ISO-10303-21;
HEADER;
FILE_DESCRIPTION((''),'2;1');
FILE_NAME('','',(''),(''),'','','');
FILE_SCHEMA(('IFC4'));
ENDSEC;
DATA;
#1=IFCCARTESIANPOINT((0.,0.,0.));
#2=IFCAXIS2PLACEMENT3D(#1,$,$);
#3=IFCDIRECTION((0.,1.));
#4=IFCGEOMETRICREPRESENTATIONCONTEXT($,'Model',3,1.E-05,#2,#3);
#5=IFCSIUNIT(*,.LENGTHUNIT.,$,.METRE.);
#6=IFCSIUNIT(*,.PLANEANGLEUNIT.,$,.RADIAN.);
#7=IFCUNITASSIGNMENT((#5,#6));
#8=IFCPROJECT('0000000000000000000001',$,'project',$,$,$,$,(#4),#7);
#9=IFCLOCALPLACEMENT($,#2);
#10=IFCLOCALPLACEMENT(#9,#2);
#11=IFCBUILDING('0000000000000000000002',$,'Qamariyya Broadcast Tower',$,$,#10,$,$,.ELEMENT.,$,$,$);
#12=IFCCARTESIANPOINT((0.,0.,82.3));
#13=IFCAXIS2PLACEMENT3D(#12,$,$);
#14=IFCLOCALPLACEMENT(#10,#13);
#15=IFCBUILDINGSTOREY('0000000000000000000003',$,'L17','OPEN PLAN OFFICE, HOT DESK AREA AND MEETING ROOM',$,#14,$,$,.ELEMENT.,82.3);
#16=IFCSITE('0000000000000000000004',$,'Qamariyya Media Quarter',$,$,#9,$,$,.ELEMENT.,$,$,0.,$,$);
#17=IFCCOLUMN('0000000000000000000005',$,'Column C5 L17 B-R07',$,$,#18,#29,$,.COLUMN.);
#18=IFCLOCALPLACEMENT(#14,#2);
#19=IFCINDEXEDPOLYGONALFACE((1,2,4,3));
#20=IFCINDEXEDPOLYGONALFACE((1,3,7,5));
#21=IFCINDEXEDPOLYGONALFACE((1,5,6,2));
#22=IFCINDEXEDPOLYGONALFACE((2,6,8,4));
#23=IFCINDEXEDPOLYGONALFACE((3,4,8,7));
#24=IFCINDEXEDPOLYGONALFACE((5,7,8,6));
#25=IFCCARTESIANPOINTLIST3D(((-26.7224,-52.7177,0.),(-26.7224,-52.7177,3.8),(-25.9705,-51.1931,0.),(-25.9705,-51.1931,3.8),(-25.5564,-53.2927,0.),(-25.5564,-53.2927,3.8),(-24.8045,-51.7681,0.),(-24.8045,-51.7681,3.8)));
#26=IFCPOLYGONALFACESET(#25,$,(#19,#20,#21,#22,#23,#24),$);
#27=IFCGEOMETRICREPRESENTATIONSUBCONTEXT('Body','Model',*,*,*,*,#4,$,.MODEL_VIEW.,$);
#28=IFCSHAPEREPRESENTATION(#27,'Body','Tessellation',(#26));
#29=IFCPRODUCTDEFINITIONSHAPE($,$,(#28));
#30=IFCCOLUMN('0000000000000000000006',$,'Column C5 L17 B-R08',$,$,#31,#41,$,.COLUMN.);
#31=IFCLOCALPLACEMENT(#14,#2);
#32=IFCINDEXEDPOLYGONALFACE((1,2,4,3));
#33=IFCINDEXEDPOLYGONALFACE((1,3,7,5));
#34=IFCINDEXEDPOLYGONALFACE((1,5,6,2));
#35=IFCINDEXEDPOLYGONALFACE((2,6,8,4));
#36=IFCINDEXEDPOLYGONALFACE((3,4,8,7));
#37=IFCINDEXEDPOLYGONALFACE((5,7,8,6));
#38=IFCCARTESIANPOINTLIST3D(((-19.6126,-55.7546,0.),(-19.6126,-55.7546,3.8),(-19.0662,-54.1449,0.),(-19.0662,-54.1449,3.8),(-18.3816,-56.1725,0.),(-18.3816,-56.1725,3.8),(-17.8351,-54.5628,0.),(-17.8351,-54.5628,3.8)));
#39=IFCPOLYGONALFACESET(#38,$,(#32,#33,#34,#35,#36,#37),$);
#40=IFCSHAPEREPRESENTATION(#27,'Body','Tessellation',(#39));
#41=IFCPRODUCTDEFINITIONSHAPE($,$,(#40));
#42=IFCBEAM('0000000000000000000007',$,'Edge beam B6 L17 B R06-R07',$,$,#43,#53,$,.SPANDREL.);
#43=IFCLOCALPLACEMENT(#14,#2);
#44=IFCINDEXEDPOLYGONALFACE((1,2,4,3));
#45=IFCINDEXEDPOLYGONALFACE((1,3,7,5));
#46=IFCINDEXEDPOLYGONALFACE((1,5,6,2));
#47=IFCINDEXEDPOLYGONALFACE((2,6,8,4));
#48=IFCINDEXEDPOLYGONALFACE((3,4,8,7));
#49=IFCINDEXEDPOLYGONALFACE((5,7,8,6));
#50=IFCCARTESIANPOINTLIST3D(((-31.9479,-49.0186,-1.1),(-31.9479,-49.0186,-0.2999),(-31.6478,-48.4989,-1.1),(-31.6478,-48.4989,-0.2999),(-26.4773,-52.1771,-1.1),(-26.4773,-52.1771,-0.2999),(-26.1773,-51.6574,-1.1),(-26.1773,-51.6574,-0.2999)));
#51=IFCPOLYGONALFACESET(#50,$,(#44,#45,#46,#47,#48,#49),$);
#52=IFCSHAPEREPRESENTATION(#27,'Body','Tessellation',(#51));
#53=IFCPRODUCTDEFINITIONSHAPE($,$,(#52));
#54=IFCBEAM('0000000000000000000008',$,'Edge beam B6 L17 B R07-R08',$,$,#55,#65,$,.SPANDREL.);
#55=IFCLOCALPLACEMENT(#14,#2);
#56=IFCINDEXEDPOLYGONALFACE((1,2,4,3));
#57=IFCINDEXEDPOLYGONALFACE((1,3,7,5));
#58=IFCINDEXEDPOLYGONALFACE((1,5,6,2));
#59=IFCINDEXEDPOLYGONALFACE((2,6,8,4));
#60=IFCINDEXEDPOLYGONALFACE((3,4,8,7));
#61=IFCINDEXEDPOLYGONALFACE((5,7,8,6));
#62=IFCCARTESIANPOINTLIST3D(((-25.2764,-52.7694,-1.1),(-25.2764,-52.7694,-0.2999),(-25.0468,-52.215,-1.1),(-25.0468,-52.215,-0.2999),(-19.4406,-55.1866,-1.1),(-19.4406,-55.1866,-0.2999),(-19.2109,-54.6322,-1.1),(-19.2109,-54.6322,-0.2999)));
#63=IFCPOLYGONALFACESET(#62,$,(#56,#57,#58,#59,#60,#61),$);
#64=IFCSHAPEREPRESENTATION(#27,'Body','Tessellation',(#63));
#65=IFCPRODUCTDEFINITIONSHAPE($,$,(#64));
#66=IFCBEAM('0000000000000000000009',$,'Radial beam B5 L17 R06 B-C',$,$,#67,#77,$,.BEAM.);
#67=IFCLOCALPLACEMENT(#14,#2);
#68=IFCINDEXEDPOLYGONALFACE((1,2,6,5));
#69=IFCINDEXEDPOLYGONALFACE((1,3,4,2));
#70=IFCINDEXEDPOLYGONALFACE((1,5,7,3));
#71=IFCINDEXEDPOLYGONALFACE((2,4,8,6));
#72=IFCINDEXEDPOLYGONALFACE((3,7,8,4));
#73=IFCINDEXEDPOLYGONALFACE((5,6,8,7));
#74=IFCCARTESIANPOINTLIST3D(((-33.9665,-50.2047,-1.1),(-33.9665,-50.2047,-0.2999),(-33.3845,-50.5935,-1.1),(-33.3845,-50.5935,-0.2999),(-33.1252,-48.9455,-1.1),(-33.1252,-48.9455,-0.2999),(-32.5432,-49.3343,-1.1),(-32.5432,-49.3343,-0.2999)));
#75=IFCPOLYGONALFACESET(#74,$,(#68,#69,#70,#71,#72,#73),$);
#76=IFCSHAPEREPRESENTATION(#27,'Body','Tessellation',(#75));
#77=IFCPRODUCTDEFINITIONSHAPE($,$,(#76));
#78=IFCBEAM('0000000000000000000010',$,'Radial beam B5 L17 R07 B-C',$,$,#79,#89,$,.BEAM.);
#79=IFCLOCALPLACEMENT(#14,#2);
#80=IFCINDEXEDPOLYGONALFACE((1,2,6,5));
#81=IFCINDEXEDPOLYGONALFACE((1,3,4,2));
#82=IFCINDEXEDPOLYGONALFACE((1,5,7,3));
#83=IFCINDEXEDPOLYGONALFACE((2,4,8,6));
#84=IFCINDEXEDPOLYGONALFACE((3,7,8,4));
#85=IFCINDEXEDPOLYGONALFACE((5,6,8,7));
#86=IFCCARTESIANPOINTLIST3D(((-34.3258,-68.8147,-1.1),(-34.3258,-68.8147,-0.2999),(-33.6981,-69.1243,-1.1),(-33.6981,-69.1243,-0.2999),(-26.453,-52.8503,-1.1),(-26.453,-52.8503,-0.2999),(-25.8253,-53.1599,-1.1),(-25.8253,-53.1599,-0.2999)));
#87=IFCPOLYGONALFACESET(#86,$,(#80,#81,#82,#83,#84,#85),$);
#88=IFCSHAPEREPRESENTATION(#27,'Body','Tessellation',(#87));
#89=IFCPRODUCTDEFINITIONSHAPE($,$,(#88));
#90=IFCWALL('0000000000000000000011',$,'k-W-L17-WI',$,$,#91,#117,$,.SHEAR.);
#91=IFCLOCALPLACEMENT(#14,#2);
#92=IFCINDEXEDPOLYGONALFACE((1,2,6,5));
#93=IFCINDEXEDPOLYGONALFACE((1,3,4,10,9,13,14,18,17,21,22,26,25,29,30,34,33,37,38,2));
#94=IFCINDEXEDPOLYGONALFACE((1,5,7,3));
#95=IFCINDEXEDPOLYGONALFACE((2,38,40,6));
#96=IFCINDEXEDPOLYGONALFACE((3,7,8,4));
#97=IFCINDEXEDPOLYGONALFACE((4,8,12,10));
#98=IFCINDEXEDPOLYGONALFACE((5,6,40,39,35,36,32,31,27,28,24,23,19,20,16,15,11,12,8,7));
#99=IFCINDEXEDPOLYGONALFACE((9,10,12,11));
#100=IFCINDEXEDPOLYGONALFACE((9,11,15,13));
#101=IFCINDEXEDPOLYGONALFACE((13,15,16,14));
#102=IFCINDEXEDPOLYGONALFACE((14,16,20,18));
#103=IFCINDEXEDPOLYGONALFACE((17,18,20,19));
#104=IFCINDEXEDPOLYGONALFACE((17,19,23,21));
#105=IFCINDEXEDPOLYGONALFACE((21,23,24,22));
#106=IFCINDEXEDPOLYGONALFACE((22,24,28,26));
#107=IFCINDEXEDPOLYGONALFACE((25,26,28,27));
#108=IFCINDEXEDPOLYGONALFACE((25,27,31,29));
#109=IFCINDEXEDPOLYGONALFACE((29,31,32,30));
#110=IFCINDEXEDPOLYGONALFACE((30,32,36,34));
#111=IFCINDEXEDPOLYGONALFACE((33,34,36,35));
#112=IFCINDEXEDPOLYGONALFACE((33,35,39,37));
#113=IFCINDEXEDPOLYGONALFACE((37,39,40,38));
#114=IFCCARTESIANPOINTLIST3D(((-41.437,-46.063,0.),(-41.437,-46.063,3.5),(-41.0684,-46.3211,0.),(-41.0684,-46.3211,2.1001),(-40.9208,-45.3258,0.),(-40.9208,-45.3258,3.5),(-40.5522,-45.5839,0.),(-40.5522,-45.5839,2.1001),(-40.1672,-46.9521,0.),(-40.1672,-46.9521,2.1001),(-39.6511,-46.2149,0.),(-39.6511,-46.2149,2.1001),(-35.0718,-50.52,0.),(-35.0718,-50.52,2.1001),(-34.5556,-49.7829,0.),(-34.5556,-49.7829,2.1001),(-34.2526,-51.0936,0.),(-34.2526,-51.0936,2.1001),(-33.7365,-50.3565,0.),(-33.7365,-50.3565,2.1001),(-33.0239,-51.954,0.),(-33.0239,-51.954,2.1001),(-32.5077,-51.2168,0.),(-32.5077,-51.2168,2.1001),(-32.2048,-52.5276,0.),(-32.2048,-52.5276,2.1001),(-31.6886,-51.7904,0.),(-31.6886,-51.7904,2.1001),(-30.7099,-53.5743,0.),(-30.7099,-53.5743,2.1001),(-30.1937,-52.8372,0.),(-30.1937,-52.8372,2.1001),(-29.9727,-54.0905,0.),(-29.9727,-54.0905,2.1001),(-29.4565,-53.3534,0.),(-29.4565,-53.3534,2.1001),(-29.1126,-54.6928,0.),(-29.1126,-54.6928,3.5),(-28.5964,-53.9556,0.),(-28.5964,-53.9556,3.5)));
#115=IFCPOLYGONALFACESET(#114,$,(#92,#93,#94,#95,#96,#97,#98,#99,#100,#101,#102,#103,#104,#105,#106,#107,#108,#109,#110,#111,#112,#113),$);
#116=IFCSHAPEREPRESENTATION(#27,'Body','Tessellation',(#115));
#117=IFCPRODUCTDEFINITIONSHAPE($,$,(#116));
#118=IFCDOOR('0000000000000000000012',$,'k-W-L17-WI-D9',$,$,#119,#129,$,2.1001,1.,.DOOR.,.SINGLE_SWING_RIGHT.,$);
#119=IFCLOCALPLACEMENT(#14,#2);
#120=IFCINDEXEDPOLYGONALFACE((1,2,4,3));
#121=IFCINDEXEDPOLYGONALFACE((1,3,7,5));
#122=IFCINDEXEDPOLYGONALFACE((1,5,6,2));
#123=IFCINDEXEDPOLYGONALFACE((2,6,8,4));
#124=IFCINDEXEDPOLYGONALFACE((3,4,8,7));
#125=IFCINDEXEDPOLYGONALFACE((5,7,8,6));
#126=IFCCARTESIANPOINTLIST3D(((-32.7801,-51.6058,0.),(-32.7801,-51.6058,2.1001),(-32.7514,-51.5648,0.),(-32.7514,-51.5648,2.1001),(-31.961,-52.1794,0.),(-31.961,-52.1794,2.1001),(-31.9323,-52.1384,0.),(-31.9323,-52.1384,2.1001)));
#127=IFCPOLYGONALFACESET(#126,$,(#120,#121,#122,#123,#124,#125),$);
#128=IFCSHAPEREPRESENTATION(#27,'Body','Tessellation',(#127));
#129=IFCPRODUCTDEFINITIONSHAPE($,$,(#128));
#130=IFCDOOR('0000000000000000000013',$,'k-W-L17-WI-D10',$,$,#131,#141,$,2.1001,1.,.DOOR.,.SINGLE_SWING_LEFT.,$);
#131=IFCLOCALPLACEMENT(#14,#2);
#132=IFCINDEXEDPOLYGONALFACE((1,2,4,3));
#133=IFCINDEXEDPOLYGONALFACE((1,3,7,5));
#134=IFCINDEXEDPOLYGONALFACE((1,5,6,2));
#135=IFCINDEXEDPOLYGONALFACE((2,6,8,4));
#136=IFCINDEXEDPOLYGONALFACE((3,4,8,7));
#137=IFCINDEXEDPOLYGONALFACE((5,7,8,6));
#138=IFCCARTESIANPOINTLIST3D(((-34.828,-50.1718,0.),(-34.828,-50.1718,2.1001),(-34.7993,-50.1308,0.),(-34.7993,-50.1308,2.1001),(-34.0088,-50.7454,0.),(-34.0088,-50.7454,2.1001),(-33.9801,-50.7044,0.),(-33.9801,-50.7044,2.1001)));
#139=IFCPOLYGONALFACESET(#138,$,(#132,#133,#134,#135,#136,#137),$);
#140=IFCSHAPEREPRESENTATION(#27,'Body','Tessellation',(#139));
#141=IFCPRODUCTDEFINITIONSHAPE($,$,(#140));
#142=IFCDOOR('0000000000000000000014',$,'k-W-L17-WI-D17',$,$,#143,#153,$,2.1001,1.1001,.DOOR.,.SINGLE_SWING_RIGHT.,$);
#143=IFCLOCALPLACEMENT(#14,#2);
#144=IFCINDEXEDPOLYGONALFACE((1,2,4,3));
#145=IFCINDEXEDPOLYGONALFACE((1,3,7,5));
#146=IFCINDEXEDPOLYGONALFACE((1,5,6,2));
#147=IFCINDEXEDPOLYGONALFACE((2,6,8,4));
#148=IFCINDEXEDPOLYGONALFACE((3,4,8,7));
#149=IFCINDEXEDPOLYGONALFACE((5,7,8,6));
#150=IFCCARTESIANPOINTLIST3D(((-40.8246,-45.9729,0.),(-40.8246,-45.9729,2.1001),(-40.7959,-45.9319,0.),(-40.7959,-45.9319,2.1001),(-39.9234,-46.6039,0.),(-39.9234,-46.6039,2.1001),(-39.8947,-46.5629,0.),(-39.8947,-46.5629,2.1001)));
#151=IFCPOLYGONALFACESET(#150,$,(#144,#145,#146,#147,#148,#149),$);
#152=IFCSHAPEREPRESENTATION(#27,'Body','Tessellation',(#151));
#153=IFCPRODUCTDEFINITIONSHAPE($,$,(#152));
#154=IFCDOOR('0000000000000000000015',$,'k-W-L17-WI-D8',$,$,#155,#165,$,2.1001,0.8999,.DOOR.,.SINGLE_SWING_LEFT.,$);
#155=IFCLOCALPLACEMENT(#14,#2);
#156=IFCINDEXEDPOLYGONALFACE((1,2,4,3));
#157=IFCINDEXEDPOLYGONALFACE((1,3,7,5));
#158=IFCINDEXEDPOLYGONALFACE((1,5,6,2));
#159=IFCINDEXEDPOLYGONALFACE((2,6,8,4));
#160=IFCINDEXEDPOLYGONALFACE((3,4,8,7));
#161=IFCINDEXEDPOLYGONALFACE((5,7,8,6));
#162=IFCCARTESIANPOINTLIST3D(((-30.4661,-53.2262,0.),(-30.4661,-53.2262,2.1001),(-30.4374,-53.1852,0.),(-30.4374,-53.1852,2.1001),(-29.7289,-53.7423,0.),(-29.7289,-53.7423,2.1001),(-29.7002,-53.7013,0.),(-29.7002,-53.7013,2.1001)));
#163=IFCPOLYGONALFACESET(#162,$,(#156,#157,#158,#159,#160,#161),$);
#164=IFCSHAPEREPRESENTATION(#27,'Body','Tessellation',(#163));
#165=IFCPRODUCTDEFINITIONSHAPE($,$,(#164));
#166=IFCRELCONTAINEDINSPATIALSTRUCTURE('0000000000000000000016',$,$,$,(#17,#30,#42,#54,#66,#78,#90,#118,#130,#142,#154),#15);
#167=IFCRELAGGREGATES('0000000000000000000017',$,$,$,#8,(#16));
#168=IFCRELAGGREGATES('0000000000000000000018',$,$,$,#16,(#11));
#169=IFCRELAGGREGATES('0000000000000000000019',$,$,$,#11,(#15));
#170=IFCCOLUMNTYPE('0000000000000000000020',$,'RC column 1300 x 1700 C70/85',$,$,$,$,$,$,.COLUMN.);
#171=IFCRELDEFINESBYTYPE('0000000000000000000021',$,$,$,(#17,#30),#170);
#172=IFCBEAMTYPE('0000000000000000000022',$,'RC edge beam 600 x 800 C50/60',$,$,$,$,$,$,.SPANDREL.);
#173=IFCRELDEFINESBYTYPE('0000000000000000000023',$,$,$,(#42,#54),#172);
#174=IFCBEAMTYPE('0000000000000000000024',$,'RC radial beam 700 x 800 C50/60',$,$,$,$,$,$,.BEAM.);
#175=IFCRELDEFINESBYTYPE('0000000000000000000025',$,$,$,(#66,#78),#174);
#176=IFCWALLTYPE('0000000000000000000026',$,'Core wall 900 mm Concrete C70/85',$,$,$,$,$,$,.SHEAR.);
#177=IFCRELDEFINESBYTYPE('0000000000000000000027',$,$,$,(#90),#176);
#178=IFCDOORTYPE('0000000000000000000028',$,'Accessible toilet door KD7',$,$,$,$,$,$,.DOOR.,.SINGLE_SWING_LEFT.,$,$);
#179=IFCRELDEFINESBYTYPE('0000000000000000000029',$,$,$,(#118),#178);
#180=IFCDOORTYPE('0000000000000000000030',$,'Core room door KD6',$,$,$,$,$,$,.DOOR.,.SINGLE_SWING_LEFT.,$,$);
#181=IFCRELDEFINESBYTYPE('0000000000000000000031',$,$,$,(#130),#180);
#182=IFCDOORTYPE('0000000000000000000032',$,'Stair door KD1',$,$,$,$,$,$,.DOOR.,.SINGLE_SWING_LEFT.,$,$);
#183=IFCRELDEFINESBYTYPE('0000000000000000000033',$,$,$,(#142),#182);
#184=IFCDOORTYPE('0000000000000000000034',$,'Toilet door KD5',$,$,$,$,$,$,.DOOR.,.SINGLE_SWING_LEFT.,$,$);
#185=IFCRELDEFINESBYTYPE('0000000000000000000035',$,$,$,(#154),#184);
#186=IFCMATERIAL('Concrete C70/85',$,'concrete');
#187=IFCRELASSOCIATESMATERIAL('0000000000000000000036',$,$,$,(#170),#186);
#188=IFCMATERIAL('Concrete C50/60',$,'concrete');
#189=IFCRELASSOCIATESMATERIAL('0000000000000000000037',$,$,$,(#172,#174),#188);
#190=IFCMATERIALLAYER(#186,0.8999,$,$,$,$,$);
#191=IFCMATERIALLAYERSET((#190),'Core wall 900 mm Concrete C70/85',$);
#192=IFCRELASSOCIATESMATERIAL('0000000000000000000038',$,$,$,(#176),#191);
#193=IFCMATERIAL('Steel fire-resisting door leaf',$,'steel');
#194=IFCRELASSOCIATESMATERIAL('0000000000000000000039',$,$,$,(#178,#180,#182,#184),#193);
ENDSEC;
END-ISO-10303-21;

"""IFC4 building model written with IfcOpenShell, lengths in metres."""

from ifc_helpers import new_model, si_unit, direction, frame, frame_2d, origin, origin_2d, place, context, subcontext, project, spatial, rectangle, extrude, material, layer, layer_set, material_profile, profile_set, type_object, element, fill, save


model = new_model("IFC4")

# Units and contexts
model_context = context("Model", 3, precision=1e-05, world=origin(), true_north=direction((0.0, 1.0)))
body_context = subcontext(model_context, "Body", "Model", "MODEL_VIEW")
ifc_project = project(units=[si_unit("LENGTHUNIT", "METRE"), si_unit("PLANEANGLEUNIT", "RADIAN")], contexts=[model_context])

# Site, building, storey
site_placement = place(None, origin())
site = spatial("IfcSite", under=ifc_project, at=site_placement, Name="Qamariyya Media Quarter", CompositionType="ELEMENT", RefElevation=0.0)
building_placement = place(site_placement, origin())
building = spatial("IfcBuilding", under=site, at=building_placement, Name="Qamariyya Broadcast Tower", CompositionType="ELEMENT")
storey_placement = place(building_placement, frame((0.0, 0.0, 82.3)))
storey = spatial("IfcBuildingStorey", under=building, at=storey_placement, Name="L17", Description="OPEN PLAN OFFICE, HOT DESK AREA AND MEETING ROOM", CompositionType="ELEMENT", Elevation=82.3)

# Columns
ifc_material_1 = material(Name="Concrete C70/85", Category="concrete")
ifc_material_profile_1 = material_profile(ifc_material_1, rectangle(XDim=1.3, YDim=1.7, at=origin_2d()))
ifc_profile_set_1 = profile_set([ifc_material_profile_1], Name="Concrete C70/85")
column_type = type_object("IfcColumnType", Name="RC column 1300 x 1700 C70/85", PredefinedType="COLUMN", material=ifc_profile_set_1)
for number, where, z_axis, x_axis, name in (
    (1, (-25.7634, -52.2429, 0.0), (0.0, 0.0, 1.0), (0.896873, -0.442289, 0.0), "Column C5 L17 B-R07"),
    (2, (-18.7239, -55.1587, 0.0), (0.0, 0.0, 1.0), (0.94693, -0.321439, 0.0), "Column C5 L17 B-R08"),
):
    element("IfcColumn", number, at=place(storey_placement, frame(where, z_axis=z_axis, x_axis=x_axis)), inside=storey, type_object=column_type, Name=name, PredefinedType="COLUMN", context=body_context, shape_type="SweptSolid", body=[
        extrude(rectangle(XDim=1.3, YDim=1.7, at=origin_2d()), origin(), (0.0, 0.0, 1.0), 3.8),
    ])

# Beams
ifc_material_2 = material(Name="Concrete C50/60", Category="concrete")
ifc_material_profile_2 = material_profile(ifc_material_2, rectangle(XDim=0.6001, YDim=0.8, at=origin_2d()))
ifc_profile_set_2 = profile_set([ifc_material_profile_2], Name="Concrete C50/60")
beam_type_1 = type_object("IfcBeamType", Name="RC edge beam 600 x 800 C50/60", PredefinedType="SPANDREL", material=ifc_profile_set_2)
beam_1_placement = place(storey_placement, frame((-31.7979, -48.7588, -0.7), z_axis=(0.86602, -0.500009, 0.0), x_axis=(0.500009, 0.86602, 0.0)))
element("IfcBeam", 3, at=beam_1_placement, inside=storey, type_object=beam_type_1, Name="Edge beam B6 L17 B R06-R07", PredefinedType="SPANDREL", context=body_context, shape_type="SweptSolid", body=[
    extrude(rectangle(XDim=0.6001, YDim=0.8, at=origin_2d()), origin(), (0.0, 0.0, 1.0), 6.3169),
])
beam_2_placement = place(storey_placement, frame((-25.1616, -52.4922, -0.7), z_axis=(0.923884, -0.382672, 0.0), x_axis=(0.382672, 0.923884, 0.0)))
element("IfcBeam", 4, at=beam_2_placement, inside=storey, type_object=beam_type_1, Name="Edge beam B6 L17 B R07-R08", PredefinedType="SPANDREL", context=body_context, shape_type="SweptSolid", body=[
    extrude(rectangle(XDim=0.6001, YDim=0.8, at=origin_2d()), origin(), (0.0, 0.0, 1.0), 6.3167),
])
ifc_material_profile_3 = material_profile(ifc_material_2, rectangle(XDim=0.7, YDim=0.8, at=origin_2d()))
ifc_profile_set_3 = profile_set([ifc_material_profile_3], Name="Concrete C50/60")
beam_type_2 = type_object("IfcBeamType", Name="RC radial beam 700 x 800 C50/60", PredefinedType="BEAM", material=ifc_profile_set_3)
beam_3_placement = place(storey_placement, frame((-32.8342, -49.1399, -0.7), z_axis=(-0.555518, -0.831504, 0.0), x_axis=(0.831504, -0.555518, 0.0)))
element("IfcBeam", 5, at=beam_3_placement, inside=storey, type_object=beam_type_2, Name="Radial beam B5 L17 R06 B-C", PredefinedType="BEAM", context=body_context, shape_type="SweptSolid", body=[
    extrude(rectangle(XDim=0.7, YDim=0.8, at=origin_2d()), origin(), (0.0, 0.0, 1.0), 1.5144),
])
beam_4_placement = place(storey_placement, frame((-26.1392, -53.0051, -0.7), z_axis=(-0.442291, -0.896872, 0.0), x_axis=(0.896872, -0.442291, 0.0)))
element("IfcBeam", 6, at=beam_4_placement, inside=storey, type_object=beam_type_2, Name="Radial beam B5 L17 R07 B-C", PredefinedType="BEAM", context=body_context, shape_type="SweptSolid", body=[
    extrude(rectangle(XDim=0.7, YDim=0.8, at=origin_2d()), origin(), (0.0, 0.0, 1.0), 17.8),
])

# Wall, openings, doors
ifc_layer_1 = layer(ifc_material_1, 0.8999)
ifc_layer_set_1 = layer_set([ifc_layer_1], Name="Core wall 900 mm Concrete C70/85")
wall_type_1 = type_object("IfcWallType", Name="Core wall 900 mm Concrete C70/85", PredefinedType="SHEAR", material=ifc_layer_set_1)
wall_1_placement = place(storey_placement, frame((-28.8545, -54.3242, 0.0), z_axis=(0.0, 0.0, 1.0), x_axis=(-0.819146, 0.573585, 0.0)))
wall_1 = element("IfcWall", 7, at=wall_1_placement, inside=storey, type_object=wall_type_1, Name="k-W-L17-WI", PredefinedType="SHEAR", context=body_context, shape_type="SweptSolid", body=[
    extrude(rectangle(XDim=15.0454, YDim=0.8999, at=frame_2d((7.5227, 0.0))), origin(), (0.0, 0.0, 1.0), 3.5),
])
opening_1_placement = place(wall_1_placement, frame((1.05, 0.0, 0.0)))
opening_1 = element("IfcOpeningElement", 8, at=opening_1_placement, cuts=wall_1, PredefinedType="OPENING", context=body_context, shape_type="SweptSolid", body=[
    extrude(rectangle(XDim=0.8999, YDim=2.1001, at=frame_2d((0.45, 1.05))), frame((0.0, 0.46, 0.0), z_axis=(0.0, -1.0, 0.0), x_axis=(1.0, 0.0, 0.0)), (0.0, 0.0, 1.0), 0.9199),
])
opening_2_placement = place(wall_1_placement, frame((3.7749, 0.0, 0.0)))
opening_2 = element("IfcOpeningElement", 9, at=opening_2_placement, cuts=wall_1, PredefinedType="OPENING", context=body_context, shape_type="SweptSolid", body=[
    extrude(rectangle(XDim=1.0, YDim=2.1001, at=frame_2d((0.5, 1.05))), frame((0.0, 0.46, 0.0), z_axis=(0.0, -1.0, 0.0), x_axis=(1.0, 0.0, 0.0)), (0.0, 0.0, 1.0), 0.9199),
])
opening_3_placement = place(wall_1_placement, frame((6.2749, 0.0, 0.0)))
opening_3 = element("IfcOpeningElement", 10, at=opening_3_placement, cuts=wall_1, PredefinedType="OPENING", context=body_context, shape_type="SweptSolid", body=[
    extrude(rectangle(XDim=1.0, YDim=2.1001, at=frame_2d((0.5, 1.05))), frame((0.0, 0.46, 0.0), z_axis=(0.0, -1.0, 0.0), x_axis=(1.0, 0.0, 0.0)), (0.0, 0.0, 1.0), 0.9199),
])
opening_4_placement = place(wall_1_placement, frame((13.4954, 0.0, 0.0)))
opening_4 = element("IfcOpeningElement", 11, at=opening_4_placement, cuts=wall_1, PredefinedType="OPENING", context=body_context, shape_type="SweptSolid", body=[
    extrude(rectangle(XDim=1.1001, YDim=2.1001, at=frame_2d((0.55, 1.05))), frame((0.0, 0.46, 0.0), z_axis=(0.0, -1.0, 0.0), x_axis=(1.0, 0.0, 0.0)), (0.0, 0.0, 1.0), 0.9199),
])
ifc_material_3 = material(Name="Steel fire-resisting door leaf", Category="steel")
door_type_1 = type_object("IfcDoorType", Name="Accessible toilet door KD7", OperationType="SINGLE_SWING_LEFT", PredefinedType="DOOR", material=ifc_material_3)
door_1_placement = place(opening_2_placement, origin())
door_1 = element("IfcDoor", 12, at=door_1_placement, inside=storey, type_object=door_type_1, Name="k-W-L17-WI-D9", OperationType="SINGLE_SWING_RIGHT", OverallHeight=2.1001, OverallWidth=1.0, PredefinedType="DOOR", context=body_context, shape_type="SweptSolid", body=[
    extrude(rectangle(XDim=1.0, YDim=2.1001, at=frame_2d((0.5, 1.05))), frame((0.0, 0.0249, 0.0), z_axis=(0.0, -1.0, 0.0), x_axis=(1.0, 0.0, 0.0)), (0.0, 0.0, 1.0), 0.05),
])
fill(opening_2, door_1)
door_type_2 = type_object("IfcDoorType", Name="Core room door KD6", OperationType="SINGLE_SWING_LEFT", PredefinedType="DOOR", material=ifc_material_3)
door_2_placement = place(opening_3_placement, origin())
door_2 = element("IfcDoor", 13, at=door_2_placement, inside=storey, type_object=door_type_2, Name="k-W-L17-WI-D10", OperationType="SINGLE_SWING_LEFT", OverallHeight=2.1001, OverallWidth=1.0, PredefinedType="DOOR", context=body_context, shape_type="SweptSolid", body=[
    extrude(rectangle(XDim=1.0, YDim=2.1001, at=frame_2d((0.5, 1.05))), frame((0.0, 0.0249, 0.0), z_axis=(0.0, -1.0, 0.0), x_axis=(1.0, 0.0, 0.0)), (0.0, 0.0, 1.0), 0.05),
])
fill(opening_3, door_2)
door_type_3 = type_object("IfcDoorType", Name="Stair door KD1", OperationType="SINGLE_SWING_LEFT", PredefinedType="DOOR", material=ifc_material_3)
door_3_placement = place(opening_4_placement, origin())
door_3 = element("IfcDoor", 14, at=door_3_placement, inside=storey, type_object=door_type_3, Name="k-W-L17-WI-D17", OperationType="SINGLE_SWING_RIGHT", OverallHeight=2.1001, OverallWidth=1.1001, PredefinedType="DOOR", context=body_context, shape_type="SweptSolid", body=[
    extrude(rectangle(XDim=1.1001, YDim=2.1001, at=frame_2d((0.55, 1.05))), frame((0.0, 0.0249, 0.0), z_axis=(0.0, -1.0, 0.0), x_axis=(1.0, 0.0, 0.0)), (0.0, 0.0, 1.0), 0.05),
])
fill(opening_4, door_3)
door_type_4 = type_object("IfcDoorType", Name="Toilet door KD5", OperationType="SINGLE_SWING_LEFT", PredefinedType="DOOR", material=ifc_material_3)
door_4_placement = place(opening_1_placement, origin())
door_4 = element("IfcDoor", 15, at=door_4_placement, inside=storey, type_object=door_type_4, Name="k-W-L17-WI-D8", OperationType="SINGLE_SWING_LEFT", OverallHeight=2.1001, OverallWidth=0.8999, PredefinedType="DOOR", context=body_context, shape_type="SweptSolid", body=[
    extrude(rectangle(XDim=0.8999, YDim=2.1001, at=frame_2d((0.45, 1.05))), frame((0.0, 0.0249, 0.0), z_axis=(0.0, -1.0, 0.0), x_axis=(1.0, 0.0, 0.0)), (0.0, 0.0, 1.0), 0.05),
])
fill(opening_1, door_4)

save(model, "model.ifc")
